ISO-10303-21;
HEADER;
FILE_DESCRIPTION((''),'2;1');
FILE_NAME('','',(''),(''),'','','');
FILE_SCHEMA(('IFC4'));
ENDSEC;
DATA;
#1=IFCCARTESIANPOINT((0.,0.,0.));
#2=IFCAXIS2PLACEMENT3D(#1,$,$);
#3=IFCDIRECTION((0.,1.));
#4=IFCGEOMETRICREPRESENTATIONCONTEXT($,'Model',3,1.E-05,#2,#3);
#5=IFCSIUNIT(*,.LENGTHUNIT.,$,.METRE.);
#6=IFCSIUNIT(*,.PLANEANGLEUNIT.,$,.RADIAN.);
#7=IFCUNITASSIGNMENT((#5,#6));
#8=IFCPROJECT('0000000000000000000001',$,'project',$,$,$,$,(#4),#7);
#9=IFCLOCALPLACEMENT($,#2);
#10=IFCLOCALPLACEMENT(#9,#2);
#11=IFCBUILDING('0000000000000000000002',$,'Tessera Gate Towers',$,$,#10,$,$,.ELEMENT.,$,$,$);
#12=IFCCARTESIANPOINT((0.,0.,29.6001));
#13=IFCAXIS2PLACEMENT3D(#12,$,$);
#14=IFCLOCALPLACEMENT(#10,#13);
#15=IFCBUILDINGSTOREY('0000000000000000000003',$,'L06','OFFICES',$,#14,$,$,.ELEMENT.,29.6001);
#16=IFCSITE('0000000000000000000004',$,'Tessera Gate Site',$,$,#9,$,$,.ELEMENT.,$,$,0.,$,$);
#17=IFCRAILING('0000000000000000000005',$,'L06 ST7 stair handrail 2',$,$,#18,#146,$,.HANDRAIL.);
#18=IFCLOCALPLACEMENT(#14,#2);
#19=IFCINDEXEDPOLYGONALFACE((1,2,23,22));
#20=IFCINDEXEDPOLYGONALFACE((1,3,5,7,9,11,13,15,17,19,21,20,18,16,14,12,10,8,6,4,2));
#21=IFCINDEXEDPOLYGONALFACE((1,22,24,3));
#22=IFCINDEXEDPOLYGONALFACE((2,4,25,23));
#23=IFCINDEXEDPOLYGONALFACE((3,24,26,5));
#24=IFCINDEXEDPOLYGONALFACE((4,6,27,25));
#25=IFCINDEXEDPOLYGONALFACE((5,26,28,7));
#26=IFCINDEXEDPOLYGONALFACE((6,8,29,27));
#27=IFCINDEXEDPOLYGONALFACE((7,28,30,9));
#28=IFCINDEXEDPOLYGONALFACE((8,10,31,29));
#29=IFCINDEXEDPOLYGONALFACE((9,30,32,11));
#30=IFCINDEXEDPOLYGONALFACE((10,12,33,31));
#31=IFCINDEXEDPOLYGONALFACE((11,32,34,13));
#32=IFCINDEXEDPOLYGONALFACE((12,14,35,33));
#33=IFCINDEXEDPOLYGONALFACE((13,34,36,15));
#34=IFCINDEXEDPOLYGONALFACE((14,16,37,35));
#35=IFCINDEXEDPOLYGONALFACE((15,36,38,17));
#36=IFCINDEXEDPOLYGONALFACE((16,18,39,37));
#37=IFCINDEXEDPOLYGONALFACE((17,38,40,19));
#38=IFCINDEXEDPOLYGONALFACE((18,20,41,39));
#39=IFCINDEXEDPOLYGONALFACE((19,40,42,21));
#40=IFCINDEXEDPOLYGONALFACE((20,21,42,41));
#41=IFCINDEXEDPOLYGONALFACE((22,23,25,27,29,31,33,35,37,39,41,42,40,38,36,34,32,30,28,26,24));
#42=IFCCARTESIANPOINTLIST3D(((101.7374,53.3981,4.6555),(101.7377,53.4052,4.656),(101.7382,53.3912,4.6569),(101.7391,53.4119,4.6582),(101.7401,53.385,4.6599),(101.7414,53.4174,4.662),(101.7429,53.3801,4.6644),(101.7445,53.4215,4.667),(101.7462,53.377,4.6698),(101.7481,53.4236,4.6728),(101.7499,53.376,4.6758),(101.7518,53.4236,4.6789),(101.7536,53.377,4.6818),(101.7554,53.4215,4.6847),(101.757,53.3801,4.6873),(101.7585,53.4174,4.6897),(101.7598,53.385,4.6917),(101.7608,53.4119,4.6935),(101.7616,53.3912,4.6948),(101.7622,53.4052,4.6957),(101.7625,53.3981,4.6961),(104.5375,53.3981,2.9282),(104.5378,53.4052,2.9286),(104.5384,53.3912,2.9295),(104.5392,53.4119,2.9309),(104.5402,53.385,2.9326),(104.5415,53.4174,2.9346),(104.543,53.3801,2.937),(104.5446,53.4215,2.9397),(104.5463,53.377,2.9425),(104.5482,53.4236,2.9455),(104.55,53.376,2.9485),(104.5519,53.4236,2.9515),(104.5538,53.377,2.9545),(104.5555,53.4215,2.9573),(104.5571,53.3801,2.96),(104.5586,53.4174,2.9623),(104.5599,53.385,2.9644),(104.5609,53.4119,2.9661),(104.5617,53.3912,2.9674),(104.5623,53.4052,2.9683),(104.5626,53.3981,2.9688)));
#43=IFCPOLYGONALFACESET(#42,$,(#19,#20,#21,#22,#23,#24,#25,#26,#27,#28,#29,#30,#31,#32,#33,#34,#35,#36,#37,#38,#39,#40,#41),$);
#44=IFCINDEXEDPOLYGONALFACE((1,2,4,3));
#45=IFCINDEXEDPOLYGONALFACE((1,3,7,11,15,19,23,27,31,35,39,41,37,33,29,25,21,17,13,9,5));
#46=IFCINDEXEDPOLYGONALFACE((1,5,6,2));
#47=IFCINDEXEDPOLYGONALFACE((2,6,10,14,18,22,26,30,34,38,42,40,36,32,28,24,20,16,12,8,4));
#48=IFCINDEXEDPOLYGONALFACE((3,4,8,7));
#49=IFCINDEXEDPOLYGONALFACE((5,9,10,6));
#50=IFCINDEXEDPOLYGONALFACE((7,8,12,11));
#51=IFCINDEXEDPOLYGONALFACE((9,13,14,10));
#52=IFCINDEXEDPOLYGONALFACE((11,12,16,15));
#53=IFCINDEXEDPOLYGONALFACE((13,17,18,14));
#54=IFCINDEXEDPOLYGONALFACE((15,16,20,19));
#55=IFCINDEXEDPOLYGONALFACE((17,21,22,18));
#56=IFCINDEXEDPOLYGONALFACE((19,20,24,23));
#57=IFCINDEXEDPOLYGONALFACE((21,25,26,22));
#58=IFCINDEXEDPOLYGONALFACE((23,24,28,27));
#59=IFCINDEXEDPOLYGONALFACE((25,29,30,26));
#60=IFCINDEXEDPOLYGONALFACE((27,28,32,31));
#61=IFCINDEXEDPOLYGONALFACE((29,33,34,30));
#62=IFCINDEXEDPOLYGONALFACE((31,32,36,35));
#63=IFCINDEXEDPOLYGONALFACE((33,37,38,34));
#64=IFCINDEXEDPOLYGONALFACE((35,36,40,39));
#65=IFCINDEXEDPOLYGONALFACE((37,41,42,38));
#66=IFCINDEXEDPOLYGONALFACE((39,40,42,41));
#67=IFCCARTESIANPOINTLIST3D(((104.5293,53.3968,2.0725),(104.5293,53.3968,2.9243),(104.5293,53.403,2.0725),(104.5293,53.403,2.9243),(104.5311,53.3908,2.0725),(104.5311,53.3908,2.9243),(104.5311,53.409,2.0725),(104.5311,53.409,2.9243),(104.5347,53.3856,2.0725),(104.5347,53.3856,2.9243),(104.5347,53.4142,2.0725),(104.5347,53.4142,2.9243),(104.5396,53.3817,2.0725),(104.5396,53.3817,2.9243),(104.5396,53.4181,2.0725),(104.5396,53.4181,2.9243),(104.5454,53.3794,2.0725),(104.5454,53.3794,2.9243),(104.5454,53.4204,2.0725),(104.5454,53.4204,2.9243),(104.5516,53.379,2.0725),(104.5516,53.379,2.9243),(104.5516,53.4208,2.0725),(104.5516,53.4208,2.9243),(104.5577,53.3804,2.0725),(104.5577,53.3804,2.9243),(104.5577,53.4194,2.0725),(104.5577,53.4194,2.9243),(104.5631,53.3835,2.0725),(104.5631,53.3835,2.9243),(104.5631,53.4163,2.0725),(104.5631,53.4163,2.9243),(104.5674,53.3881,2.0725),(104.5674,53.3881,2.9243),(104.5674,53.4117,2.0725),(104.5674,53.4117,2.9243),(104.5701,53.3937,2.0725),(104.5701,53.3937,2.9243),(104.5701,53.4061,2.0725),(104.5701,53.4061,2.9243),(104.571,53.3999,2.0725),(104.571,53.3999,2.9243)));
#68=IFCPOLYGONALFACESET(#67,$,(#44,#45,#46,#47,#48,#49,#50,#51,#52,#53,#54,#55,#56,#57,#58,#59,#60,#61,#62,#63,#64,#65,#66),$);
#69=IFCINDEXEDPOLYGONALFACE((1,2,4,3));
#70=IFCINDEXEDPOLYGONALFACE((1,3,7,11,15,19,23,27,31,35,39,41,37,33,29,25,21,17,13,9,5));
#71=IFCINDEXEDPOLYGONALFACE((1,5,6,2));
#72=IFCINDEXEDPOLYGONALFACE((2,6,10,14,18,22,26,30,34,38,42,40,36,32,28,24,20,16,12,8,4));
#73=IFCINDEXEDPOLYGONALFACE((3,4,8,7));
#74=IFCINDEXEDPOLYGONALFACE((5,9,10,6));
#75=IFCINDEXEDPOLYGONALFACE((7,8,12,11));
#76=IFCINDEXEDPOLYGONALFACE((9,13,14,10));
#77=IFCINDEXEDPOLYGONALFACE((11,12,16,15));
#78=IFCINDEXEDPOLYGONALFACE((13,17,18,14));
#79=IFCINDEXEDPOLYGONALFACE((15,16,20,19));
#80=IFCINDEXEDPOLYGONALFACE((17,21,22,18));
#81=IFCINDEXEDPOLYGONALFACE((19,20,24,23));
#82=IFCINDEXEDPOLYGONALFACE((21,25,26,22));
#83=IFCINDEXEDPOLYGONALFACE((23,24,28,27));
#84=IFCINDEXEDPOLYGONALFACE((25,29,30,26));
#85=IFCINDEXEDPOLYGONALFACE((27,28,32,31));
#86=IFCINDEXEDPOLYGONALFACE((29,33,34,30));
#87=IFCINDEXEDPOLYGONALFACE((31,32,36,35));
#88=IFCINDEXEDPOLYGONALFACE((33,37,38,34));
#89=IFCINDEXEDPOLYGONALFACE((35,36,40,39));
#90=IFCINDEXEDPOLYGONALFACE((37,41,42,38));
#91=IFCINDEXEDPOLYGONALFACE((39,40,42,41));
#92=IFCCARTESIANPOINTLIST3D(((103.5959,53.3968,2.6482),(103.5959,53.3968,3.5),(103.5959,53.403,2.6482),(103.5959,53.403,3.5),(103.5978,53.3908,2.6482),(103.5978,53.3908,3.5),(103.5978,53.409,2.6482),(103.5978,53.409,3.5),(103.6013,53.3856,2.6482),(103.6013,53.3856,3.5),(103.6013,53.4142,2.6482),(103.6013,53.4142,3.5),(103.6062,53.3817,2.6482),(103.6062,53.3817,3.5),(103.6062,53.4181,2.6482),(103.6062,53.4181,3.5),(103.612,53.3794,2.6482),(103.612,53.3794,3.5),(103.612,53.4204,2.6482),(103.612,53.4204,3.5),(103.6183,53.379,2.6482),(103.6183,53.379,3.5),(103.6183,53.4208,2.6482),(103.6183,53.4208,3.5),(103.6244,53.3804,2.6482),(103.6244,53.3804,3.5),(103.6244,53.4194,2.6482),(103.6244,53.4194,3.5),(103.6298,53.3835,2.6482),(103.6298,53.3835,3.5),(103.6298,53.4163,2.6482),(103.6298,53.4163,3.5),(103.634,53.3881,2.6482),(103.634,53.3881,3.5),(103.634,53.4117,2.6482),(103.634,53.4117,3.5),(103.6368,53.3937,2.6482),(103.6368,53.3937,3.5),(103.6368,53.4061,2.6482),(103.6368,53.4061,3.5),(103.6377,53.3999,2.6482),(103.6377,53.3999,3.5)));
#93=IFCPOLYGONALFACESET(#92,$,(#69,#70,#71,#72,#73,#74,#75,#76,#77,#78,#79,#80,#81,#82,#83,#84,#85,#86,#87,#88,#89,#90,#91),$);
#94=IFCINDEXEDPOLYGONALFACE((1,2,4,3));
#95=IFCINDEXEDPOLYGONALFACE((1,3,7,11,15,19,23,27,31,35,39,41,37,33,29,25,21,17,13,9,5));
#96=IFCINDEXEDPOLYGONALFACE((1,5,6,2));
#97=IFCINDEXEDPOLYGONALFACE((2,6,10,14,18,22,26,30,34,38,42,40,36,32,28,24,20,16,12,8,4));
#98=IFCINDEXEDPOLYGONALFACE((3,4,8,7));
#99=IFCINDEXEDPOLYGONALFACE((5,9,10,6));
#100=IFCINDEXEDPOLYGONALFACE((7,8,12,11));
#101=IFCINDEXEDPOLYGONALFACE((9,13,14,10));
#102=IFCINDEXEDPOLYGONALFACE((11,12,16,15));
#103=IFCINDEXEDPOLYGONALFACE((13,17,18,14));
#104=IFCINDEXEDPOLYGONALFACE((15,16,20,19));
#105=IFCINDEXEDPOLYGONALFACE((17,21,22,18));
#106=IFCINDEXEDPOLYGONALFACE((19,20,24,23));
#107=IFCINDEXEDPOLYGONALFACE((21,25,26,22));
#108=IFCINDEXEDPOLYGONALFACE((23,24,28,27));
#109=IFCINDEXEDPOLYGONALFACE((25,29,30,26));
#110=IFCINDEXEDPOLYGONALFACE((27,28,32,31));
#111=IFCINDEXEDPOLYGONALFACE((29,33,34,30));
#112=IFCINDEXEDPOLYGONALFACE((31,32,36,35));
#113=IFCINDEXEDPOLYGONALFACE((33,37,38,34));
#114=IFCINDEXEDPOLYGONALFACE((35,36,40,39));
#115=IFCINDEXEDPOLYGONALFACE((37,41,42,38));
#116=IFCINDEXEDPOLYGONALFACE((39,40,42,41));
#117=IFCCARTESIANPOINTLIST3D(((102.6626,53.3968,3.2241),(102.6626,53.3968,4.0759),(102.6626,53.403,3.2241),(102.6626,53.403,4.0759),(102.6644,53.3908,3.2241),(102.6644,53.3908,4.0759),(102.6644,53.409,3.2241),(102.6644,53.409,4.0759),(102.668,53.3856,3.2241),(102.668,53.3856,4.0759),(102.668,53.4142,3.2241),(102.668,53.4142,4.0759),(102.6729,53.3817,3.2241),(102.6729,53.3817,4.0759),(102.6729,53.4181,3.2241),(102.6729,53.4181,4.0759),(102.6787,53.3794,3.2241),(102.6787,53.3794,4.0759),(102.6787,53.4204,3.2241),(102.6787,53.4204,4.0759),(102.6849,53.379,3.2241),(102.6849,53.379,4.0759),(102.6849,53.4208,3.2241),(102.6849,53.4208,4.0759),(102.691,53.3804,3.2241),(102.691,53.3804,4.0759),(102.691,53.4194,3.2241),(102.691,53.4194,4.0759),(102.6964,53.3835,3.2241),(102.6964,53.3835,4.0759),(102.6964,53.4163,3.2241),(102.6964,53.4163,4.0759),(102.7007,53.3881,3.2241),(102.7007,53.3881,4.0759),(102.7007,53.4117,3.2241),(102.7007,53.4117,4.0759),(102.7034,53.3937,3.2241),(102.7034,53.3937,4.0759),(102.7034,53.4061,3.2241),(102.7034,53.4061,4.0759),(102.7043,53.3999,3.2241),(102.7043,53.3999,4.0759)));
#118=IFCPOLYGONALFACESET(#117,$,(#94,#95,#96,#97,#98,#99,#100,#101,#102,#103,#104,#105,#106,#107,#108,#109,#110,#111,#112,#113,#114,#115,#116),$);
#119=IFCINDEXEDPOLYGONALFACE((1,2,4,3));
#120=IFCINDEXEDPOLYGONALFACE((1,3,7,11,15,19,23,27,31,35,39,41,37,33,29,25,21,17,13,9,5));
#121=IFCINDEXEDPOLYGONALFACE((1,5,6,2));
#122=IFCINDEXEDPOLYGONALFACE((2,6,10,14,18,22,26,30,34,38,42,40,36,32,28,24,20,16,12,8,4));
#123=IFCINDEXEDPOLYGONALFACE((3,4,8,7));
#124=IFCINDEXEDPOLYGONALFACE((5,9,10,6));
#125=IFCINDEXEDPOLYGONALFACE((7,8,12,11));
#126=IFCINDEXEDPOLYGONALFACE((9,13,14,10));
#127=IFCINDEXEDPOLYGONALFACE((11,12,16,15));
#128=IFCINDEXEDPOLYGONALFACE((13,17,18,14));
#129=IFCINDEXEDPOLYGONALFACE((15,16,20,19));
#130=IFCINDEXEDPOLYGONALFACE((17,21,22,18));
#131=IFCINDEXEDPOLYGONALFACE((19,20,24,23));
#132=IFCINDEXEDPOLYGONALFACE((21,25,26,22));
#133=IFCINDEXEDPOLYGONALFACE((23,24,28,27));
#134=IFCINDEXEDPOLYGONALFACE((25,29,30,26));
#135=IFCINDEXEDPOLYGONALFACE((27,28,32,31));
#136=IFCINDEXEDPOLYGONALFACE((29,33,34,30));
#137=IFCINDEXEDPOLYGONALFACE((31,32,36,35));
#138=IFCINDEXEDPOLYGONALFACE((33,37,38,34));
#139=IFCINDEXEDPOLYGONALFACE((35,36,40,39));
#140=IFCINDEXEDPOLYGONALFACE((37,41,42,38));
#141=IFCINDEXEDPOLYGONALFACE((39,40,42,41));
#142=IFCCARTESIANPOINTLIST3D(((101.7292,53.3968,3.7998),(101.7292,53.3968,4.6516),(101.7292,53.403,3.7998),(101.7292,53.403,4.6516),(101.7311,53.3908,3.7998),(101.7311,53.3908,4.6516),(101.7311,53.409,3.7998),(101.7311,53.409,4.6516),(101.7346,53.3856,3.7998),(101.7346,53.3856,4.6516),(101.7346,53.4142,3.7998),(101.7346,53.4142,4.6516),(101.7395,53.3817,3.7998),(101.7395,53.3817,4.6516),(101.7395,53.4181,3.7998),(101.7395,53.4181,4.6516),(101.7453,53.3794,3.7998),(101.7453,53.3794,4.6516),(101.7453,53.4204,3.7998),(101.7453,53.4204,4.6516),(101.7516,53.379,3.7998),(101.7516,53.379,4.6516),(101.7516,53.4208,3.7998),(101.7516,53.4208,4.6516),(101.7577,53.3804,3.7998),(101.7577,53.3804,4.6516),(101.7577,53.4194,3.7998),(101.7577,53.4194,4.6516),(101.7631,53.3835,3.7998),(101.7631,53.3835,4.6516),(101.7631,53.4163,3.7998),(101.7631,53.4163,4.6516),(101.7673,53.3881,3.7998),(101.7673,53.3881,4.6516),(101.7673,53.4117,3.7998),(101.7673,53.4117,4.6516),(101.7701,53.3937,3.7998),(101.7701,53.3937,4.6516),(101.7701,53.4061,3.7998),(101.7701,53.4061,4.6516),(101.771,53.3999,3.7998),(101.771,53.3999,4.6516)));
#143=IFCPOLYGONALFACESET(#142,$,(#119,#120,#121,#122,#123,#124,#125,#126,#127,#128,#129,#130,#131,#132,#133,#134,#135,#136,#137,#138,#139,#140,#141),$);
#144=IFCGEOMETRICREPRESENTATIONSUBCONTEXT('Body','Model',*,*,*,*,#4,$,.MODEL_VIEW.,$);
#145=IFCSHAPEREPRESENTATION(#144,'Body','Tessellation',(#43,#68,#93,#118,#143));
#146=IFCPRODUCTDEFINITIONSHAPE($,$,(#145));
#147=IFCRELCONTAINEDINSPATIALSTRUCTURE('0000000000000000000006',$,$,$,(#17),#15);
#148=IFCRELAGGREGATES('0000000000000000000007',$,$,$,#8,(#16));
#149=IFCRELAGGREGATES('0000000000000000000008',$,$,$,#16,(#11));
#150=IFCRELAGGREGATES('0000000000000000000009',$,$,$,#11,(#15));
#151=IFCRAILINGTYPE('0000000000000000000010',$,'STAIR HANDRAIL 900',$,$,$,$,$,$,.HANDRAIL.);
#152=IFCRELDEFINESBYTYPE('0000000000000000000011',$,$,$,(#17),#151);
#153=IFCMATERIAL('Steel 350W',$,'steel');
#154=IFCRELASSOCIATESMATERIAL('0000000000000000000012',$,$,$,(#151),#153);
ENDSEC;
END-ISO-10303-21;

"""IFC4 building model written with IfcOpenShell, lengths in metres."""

from ifc_helpers import new_model, si_unit, direction, frame, origin, origin_2d, place, context, subcontext, project, spatial, circle, extrude, material, type_object, element, save


model = new_model("IFC4")

# Units and contexts
model_context = context("Model", 3, precision=1e-05, world=origin(), true_north=direction((0.0, 1.0)))
body_context = subcontext(model_context, "Body", "Model", "MODEL_VIEW")
ifc_project = project(units=[si_unit("LENGTHUNIT", "METRE"), si_unit("PLANEANGLEUNIT", "RADIAN")], contexts=[model_context])

# Site, building, storey
site_placement = place(None, origin())
site = spatial("IfcSite", under=ifc_project, at=site_placement, Name="Tessera Gate Site", CompositionType="ELEMENT", RefElevation=0.0)
building_placement = place(site_placement, origin())
building = spatial("IfcBuilding", under=site, at=building_placement, Name="Tessera Gate Towers", CompositionType="ELEMENT")
storey_placement = place(building_placement, frame((0.0, 0.0, 29.6001)))
storey = spatial("IfcBuildingStorey", under=building, at=storey_placement, Name="L06", Description="OFFICES", CompositionType="ELEMENT", Elevation=29.6001)

# Railing
ifc_material_1 = material(Name="Steel 350W", Category="steel")
railing_type_1 = type_object("IfcRailingType", Name="STAIR HANDRAIL 900", PredefinedType="HANDRAIL", material=ifc_material_1)
railing_1_placement = place(storey_placement, frame((104.55, 53.3999, 2.0725)))
element("IfcRailing", 1, at=railing_1_placement, inside=storey, type_object=railing_type_1, Name="L06 ST7 stair handrail 2", PredefinedType="HANDRAIL", context=body_context, shape_type="SweptSolid", body=[
    extrude(circle(Radius=0.0239, at=origin_2d()), frame((0.0, 0.0, 0.876), z_axis=(-0.85109, 0.0, 0.52502), x_axis=(0.0, -1.0, 0.0)), (0.0, 0.0, 1.0), 3.29),
    extrude(circle(Radius=0.021, at=origin_2d()), origin(), (0.0, 0.0, 1.0), 0.8518),
    extrude(circle(Radius=0.021, at=origin_2d()), frame((-0.9333, 0.0, 0.5757)), (0.0, 0.0, 1.0), 0.8518),
    extrude(circle(Radius=0.021, at=origin_2d()), frame((-1.8667, 0.0, 1.1516)), (0.0, 0.0, 1.0), 0.8518),
    extrude(circle(Radius=0.021, at=origin_2d()), frame((-2.8, 0.0, 1.7273)), (0.0, 0.0, 1.0), 0.8518),
])

save(model, "model.ifc")
